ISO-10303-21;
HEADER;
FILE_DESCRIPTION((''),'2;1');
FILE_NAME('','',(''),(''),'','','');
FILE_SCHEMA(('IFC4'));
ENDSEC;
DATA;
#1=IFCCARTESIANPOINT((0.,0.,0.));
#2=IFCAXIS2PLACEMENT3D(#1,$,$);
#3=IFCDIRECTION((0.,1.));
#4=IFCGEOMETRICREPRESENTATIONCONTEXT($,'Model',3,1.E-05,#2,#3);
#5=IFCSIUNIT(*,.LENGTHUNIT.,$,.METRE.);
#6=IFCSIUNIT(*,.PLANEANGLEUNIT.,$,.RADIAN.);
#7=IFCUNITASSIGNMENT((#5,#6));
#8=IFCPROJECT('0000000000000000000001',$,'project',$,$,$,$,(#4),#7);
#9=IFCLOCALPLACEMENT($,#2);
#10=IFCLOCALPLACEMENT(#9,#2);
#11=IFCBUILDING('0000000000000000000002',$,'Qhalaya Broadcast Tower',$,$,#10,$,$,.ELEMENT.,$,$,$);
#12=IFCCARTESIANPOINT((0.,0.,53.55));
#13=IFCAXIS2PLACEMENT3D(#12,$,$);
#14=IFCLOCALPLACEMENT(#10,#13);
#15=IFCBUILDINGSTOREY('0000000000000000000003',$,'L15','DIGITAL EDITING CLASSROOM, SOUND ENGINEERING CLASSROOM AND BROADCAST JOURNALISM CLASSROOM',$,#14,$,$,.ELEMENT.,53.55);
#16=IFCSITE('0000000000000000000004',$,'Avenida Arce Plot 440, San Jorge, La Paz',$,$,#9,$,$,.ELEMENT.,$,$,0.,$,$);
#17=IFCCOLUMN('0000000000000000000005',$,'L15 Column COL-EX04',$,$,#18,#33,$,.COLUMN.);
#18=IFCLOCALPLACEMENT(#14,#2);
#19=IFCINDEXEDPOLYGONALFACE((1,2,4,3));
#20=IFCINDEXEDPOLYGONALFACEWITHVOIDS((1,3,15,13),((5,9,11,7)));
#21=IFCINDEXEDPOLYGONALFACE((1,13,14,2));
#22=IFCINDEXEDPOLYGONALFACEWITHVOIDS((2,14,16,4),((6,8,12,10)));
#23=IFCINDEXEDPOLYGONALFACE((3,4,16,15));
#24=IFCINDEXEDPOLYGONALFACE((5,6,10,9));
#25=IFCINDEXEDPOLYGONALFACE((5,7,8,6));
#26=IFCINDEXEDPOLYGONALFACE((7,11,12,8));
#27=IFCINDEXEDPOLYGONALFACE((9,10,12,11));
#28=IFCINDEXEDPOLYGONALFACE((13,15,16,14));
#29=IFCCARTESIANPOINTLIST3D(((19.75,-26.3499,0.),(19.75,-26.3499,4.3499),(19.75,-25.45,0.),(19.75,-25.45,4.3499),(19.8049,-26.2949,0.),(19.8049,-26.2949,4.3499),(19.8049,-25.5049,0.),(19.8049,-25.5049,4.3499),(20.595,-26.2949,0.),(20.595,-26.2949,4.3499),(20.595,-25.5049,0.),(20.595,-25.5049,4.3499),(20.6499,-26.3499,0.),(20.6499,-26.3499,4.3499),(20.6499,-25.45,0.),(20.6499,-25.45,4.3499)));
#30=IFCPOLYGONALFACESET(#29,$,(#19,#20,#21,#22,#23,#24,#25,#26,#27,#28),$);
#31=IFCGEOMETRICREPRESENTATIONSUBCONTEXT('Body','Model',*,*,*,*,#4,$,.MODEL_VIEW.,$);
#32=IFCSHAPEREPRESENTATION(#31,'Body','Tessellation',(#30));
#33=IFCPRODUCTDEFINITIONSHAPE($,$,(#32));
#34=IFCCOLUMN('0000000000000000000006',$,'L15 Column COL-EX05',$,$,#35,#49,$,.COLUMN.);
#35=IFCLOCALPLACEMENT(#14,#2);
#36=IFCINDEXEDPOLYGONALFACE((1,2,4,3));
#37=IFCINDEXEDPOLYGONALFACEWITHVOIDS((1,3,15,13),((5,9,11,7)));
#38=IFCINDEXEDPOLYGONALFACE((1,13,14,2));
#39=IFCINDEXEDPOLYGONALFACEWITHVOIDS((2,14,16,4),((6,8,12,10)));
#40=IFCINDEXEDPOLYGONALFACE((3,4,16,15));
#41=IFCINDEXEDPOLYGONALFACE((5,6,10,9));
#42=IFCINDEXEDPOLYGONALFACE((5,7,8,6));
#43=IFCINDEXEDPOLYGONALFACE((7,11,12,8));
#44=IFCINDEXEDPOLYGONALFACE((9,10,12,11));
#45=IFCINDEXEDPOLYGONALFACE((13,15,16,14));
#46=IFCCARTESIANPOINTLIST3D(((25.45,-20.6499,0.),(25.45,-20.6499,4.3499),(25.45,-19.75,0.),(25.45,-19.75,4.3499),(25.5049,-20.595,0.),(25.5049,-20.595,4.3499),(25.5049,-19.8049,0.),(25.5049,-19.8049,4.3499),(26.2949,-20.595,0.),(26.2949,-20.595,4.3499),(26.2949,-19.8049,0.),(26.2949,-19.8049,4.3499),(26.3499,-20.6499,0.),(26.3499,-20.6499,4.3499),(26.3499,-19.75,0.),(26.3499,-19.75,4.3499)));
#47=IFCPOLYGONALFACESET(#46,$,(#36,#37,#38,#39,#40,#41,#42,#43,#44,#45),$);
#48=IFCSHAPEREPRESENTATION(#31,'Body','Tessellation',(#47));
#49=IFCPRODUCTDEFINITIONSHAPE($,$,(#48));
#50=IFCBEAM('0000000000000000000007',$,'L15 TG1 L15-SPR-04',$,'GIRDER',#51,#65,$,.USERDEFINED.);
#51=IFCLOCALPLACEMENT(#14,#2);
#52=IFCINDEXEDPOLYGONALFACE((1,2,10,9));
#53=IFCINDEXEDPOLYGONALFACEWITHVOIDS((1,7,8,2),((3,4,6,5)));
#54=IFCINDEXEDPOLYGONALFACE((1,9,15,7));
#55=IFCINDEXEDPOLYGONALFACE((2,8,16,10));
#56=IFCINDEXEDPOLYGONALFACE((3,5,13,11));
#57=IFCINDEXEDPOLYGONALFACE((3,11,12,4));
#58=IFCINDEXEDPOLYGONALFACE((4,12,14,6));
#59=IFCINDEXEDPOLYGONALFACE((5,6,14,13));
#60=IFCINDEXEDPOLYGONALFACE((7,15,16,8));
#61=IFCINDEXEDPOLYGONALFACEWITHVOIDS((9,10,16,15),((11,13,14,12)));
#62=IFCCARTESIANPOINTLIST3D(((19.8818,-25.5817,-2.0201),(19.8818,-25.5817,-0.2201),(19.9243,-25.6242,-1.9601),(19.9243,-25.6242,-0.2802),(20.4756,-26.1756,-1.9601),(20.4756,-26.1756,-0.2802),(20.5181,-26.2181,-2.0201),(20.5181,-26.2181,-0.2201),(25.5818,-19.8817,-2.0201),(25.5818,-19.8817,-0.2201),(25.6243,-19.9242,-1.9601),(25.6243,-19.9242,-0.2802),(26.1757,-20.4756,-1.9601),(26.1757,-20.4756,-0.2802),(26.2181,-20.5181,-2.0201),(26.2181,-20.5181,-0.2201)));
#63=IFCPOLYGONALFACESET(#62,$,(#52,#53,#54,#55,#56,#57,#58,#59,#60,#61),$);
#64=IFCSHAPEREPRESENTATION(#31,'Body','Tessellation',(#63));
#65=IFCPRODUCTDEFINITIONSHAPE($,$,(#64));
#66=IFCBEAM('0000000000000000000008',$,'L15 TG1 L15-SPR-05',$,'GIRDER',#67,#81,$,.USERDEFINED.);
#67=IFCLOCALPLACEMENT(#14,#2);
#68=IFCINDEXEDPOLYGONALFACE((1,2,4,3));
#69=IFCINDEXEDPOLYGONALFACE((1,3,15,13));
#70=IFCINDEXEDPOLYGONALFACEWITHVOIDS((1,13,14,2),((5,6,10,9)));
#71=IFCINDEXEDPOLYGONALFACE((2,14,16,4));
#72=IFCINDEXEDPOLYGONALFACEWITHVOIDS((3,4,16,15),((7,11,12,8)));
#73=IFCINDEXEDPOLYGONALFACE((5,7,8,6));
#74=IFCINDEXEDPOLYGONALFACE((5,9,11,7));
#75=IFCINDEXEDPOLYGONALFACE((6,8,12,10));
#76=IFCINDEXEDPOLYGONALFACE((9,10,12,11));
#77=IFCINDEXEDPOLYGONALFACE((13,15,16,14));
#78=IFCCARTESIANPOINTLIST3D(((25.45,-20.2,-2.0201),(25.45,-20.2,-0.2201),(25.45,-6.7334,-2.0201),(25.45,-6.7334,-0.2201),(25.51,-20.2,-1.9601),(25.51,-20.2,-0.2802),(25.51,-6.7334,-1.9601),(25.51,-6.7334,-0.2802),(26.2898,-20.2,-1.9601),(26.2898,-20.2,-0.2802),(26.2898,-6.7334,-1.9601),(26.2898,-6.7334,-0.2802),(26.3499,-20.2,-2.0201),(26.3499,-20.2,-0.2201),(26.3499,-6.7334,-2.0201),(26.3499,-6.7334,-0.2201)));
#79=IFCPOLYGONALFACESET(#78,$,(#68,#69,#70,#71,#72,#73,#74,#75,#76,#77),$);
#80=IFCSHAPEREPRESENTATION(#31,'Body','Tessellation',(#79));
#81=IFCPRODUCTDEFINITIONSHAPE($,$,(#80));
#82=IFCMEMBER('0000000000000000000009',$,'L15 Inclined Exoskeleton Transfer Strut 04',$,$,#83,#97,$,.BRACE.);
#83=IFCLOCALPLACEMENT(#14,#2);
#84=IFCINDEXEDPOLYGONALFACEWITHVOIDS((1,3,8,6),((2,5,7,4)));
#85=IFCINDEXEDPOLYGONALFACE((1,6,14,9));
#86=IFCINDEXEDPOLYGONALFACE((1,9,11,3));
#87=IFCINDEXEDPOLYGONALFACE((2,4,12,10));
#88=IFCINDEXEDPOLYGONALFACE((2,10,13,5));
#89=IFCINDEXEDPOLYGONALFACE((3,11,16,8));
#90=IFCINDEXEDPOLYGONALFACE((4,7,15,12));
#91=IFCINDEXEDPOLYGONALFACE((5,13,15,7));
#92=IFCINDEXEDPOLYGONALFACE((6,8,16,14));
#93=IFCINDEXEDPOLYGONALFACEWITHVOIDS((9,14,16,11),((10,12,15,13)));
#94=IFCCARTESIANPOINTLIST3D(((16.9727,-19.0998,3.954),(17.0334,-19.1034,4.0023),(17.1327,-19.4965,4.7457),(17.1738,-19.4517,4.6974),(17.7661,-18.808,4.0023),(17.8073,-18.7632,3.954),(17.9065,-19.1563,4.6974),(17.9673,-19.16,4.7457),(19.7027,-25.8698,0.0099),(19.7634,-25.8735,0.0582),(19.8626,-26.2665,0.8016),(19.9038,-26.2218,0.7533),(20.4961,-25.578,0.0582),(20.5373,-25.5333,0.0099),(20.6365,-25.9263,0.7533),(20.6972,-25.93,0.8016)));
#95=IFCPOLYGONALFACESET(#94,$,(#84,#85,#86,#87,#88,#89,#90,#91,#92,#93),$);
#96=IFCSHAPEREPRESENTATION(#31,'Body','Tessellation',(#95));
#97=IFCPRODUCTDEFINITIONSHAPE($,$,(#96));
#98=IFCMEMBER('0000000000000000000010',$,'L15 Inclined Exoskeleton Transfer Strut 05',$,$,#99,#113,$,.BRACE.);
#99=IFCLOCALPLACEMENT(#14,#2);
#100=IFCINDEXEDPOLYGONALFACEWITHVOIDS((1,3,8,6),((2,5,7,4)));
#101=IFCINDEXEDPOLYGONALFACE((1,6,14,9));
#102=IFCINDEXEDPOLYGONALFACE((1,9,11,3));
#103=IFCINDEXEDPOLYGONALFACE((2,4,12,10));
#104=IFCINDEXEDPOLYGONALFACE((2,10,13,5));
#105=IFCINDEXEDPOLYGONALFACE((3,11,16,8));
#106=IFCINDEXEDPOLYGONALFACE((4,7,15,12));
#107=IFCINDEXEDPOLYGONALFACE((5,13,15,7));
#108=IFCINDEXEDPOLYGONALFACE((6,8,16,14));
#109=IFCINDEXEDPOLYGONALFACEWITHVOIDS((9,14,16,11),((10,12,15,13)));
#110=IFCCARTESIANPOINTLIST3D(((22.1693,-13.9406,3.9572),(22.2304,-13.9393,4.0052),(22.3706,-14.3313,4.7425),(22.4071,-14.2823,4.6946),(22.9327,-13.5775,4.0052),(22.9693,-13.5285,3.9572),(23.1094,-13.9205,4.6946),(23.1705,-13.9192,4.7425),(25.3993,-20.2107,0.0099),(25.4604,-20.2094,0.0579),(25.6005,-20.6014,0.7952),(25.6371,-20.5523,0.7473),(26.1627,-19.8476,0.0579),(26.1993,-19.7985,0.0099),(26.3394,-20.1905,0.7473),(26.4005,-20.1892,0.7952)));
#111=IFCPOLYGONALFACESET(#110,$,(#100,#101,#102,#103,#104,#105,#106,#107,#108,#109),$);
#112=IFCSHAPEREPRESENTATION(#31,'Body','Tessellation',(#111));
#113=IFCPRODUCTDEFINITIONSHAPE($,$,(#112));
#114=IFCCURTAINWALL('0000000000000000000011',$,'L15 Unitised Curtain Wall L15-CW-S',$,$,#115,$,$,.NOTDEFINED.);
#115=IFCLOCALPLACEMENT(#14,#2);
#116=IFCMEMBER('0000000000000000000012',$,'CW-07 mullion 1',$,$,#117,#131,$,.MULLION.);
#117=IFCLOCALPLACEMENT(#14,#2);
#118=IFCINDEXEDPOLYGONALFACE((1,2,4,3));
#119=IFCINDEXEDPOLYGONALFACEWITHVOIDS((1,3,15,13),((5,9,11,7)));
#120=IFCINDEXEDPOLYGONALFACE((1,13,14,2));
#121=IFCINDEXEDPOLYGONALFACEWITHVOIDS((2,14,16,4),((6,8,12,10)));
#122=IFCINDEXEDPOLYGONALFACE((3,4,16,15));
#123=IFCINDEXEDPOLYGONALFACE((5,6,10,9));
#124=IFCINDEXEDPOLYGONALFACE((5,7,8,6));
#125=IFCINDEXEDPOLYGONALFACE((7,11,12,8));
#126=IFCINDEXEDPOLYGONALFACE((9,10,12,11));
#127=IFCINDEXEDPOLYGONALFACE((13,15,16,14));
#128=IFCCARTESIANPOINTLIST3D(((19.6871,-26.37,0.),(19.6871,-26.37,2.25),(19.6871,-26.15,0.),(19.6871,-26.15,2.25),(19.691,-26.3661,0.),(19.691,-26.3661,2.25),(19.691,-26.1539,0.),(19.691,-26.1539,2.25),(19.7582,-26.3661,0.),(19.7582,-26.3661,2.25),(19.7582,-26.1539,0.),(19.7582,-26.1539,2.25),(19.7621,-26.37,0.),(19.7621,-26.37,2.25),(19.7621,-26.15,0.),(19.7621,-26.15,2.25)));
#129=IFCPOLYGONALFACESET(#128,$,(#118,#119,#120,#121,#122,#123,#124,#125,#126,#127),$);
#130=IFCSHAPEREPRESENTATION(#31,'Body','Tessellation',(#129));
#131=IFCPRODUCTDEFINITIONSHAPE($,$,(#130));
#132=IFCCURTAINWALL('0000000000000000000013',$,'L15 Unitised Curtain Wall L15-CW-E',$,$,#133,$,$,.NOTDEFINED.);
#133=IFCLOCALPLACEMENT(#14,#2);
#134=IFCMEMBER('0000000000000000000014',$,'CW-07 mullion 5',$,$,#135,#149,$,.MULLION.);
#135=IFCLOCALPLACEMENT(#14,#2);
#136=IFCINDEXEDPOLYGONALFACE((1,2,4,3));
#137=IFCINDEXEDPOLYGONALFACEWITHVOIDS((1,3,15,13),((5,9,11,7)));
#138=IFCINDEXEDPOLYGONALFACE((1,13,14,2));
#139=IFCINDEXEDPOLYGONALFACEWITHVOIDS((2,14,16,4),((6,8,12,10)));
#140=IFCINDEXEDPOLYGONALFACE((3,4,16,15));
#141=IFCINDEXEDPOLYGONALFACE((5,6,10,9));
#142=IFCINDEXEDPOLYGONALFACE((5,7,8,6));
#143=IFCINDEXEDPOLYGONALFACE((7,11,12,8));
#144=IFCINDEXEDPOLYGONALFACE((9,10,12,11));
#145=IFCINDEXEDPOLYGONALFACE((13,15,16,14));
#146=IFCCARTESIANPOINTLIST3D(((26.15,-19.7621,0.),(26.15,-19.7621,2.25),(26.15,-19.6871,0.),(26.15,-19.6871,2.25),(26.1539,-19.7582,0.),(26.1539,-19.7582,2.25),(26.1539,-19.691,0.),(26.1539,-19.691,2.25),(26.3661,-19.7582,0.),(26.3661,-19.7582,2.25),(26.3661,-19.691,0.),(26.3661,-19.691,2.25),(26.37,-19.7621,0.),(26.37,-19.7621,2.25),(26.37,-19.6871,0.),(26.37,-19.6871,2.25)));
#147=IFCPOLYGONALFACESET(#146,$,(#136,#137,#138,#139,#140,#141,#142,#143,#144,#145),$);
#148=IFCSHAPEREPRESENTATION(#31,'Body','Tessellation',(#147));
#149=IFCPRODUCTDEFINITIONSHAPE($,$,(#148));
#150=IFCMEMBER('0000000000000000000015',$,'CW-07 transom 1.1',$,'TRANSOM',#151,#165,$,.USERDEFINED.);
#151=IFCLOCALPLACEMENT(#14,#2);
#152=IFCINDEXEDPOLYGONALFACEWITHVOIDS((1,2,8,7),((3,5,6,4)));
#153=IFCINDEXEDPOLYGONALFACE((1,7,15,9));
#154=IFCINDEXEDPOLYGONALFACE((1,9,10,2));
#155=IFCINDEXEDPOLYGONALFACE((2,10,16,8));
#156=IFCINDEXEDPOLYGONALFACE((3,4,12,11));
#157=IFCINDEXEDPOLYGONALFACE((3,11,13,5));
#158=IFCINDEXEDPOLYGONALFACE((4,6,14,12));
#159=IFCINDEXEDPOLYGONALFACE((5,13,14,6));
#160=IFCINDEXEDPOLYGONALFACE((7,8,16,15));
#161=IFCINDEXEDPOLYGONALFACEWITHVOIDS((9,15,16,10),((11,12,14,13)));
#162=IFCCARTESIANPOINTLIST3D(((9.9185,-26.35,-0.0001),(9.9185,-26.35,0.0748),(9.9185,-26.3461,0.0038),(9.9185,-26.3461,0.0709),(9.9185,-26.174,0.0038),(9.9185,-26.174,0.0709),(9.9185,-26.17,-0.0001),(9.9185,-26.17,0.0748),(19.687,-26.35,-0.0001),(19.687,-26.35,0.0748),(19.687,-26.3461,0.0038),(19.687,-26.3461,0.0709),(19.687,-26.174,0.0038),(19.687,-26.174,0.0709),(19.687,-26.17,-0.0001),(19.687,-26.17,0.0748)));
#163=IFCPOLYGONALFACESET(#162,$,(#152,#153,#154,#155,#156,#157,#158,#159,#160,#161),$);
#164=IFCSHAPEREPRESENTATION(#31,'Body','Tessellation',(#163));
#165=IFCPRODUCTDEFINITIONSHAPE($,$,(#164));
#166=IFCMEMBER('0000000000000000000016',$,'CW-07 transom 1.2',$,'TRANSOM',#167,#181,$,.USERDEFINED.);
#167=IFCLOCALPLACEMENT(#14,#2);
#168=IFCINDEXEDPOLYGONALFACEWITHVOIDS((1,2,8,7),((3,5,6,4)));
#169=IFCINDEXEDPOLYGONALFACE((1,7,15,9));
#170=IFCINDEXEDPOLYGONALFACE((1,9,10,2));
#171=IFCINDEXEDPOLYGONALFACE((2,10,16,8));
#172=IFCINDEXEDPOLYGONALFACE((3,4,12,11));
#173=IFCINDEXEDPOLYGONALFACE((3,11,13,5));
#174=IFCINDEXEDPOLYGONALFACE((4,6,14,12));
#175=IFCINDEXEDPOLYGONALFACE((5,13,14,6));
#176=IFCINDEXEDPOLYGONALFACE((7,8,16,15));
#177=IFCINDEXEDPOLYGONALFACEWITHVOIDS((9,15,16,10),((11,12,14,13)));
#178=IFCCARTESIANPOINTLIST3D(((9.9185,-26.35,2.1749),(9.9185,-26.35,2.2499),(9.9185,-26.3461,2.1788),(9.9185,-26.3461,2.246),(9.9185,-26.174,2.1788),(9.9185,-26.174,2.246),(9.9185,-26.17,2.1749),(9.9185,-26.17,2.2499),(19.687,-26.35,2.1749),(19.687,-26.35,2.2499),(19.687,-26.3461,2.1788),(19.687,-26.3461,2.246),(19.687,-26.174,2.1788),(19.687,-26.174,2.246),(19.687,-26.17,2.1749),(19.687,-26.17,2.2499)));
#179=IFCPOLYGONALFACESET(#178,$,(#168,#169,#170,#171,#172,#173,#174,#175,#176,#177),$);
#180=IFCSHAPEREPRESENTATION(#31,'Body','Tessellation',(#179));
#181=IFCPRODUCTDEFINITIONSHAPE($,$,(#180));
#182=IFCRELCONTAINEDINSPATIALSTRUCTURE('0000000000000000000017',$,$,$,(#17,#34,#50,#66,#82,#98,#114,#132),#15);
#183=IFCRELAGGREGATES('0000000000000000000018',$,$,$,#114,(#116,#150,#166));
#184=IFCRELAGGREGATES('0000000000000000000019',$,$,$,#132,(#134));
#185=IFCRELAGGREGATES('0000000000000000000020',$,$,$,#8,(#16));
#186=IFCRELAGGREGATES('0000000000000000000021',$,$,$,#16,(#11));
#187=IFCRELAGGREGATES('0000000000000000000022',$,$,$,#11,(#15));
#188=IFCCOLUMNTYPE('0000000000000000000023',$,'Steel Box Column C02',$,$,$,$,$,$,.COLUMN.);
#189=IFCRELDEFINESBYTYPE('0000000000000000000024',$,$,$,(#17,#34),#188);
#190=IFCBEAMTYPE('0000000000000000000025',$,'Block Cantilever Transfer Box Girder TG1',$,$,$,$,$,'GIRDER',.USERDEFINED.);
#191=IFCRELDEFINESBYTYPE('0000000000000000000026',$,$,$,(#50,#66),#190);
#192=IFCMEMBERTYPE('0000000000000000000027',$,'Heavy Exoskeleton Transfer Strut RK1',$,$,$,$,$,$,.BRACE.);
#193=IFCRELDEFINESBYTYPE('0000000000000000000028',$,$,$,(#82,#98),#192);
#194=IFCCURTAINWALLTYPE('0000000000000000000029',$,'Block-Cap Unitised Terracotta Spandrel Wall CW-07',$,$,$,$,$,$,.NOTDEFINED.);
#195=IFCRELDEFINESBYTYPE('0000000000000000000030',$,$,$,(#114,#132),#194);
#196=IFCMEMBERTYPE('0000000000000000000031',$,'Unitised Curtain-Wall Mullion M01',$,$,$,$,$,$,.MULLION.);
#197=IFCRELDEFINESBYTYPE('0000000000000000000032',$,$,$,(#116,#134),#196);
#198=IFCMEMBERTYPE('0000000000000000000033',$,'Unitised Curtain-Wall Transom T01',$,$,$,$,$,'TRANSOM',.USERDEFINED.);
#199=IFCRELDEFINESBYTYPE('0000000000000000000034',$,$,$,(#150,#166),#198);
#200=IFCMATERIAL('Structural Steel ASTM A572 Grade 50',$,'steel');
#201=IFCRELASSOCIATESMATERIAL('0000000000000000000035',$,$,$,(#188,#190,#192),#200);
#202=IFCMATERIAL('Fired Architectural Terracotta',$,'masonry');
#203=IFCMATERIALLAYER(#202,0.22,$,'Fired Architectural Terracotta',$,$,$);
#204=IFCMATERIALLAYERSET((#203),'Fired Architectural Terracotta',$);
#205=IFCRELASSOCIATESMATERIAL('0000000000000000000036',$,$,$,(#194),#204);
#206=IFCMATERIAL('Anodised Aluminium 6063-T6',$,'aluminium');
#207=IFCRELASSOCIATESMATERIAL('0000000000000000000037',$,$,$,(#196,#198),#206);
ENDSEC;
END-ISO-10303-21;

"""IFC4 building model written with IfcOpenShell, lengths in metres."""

from ifc_helpers import new_model, si_unit, direction, frame, origin, origin_2d, place, context, subcontext, project, spatial, hollow_rectangle, extrude, material, layer, layer_set, material_profile, profile_set, type_object, element, aggregate, save


model = new_model("IFC4")

# Units and contexts
model_context = context("Model", 3, precision=1e-05, world=origin(), true_north=direction((0.0, 1.0)))
body_context = subcontext(model_context, "Body", "Model", "MODEL_VIEW")
ifc_project = project(units=[si_unit("LENGTHUNIT", "METRE"), si_unit("PLANEANGLEUNIT", "RADIAN")], contexts=[model_context])

# Site, building, storey
site_placement = place(None, origin())
site = spatial("IfcSite", under=ifc_project, at=site_placement, Name="Avenida Arce Plot 440, San Jorge, La Paz", CompositionType="ELEMENT", RefElevation=0.0)
building_placement = place(site_placement, origin())
building = spatial("IfcBuilding", under=site, at=building_placement, Name="Qhalaya Broadcast Tower", CompositionType="ELEMENT")
storey_placement = place(building_placement, frame((0.0, 0.0, 53.55)))
storey = spatial("IfcBuildingStorey", under=building, at=storey_placement, Name="L15", Description="DIGITAL EDITING CLASSROOM, SOUND ENGINEERING CLASSROOM AND BROADCAST JOURNALISM CLASSROOM", CompositionType="ELEMENT", Elevation=53.55)

# Columns
ifc_material_1 = material(Name="Structural Steel ASTM A572 Grade 50", Category="steel")
ifc_material_profile_1 = material_profile(ifc_material_1, hollow_rectangle(XDim=0.8999, YDim=0.8999, WallThickness=0.0549, at=origin_2d()), Name="BOX 900x900x55")
ifc_profile_set_1 = profile_set([ifc_material_profile_1], Name="Structural Steel ASTM A572 Grade 50")
column_type = type_object("IfcColumnType", Name="Steel Box Column C02", PredefinedType="COLUMN", material=ifc_profile_set_1)
for number, where, z_axis, x_axis, name in (
    (1, (20.2, -25.8999, 0.0), (0.0, 0.0, 1.0), (1.0, 0.0, 0.0), "L15 Column COL-EX04"),
    (2, (25.8999, -20.2, 0.0), (0.0, 0.0, 1.0), (0.0, 1.0, 0.0), "L15 Column COL-EX05"),
):
    element("IfcColumn", number, at=place(storey_placement, frame(where, z_axis=z_axis, x_axis=x_axis)), inside=storey, type_object=column_type, Name=name, PredefinedType="COLUMN", context=body_context, shape_type="SweptSolid", body=[
        extrude(hollow_rectangle(XDim=0.8999, YDim=0.8999, WallThickness=0.0549, at=origin_2d()), origin(), (0.0, 0.0, 1.0), 4.3499),
    ])

# Beams
ifc_material_profile_2 = material_profile(ifc_material_1, hollow_rectangle(XDim=0.8999, YDim=1.8, WallThickness=0.0601, at=origin_2d()), Name="BOX 900x1800x60")
ifc_profile_set_2 = profile_set([ifc_material_profile_2], Name="Structural Steel ASTM A572 Grade 50")
beam_type = type_object("IfcBeamType", Name="Block Cantilever Transfer Box Girder TG1", ElementType="GIRDER", PredefinedType="USERDEFINED", material=ifc_profile_set_2)
beam_1_placement = place(storey_placement, frame((20.2, -25.8999, -1.1201), z_axis=(0.707107, 0.707107, 0.0), x_axis=(-0.707107, 0.707107, 0.0)))
element("IfcBeam", 3, at=beam_1_placement, inside=storey, type_object=beam_type, Name="L15 TG1 L15-SPR-04", ObjectType="GIRDER", PredefinedType="USERDEFINED", context=body_context, shape_type="SweptSolid", body=[
    extrude(hollow_rectangle(XDim=0.8999, YDim=1.8, WallThickness=0.0601, at=origin_2d()), origin(), (0.0, 0.0, 1.0), 8.061),
])
beam_2_placement = place(storey_placement, frame((25.8999, -20.2, -1.1201), z_axis=(0.0, 1.0, 0.0), x_axis=(-1.0, 0.0, 0.0)))
element("IfcBeam", 4, at=beam_2_placement, inside=storey, type_object=beam_type, Name="L15 TG1 L15-SPR-05", ObjectType="GIRDER", PredefinedType="USERDEFINED", context=body_context, shape_type="SweptSolid", body=[
    extrude(hollow_rectangle(XDim=0.8999, YDim=1.8, WallThickness=0.0601, at=origin_2d()), origin(), (0.0, 0.0, 1.0), 13.4666),
])

# Members
ifc_material_profile_3 = material_profile(ifc_material_1, hollow_rectangle(XDim=0.8999, YDim=0.8999, WallThickness=0.0549, at=origin_2d()), Name="BOX 900x900x55")
ifc_profile_set_3 = profile_set([ifc_material_profile_3], Name="Structural Steel ASTM A572 Grade 50")
member_type_1 = type_object("IfcMemberType", Name="Heavy Exoskeleton Transfer Strut RK1", PredefinedType="BRACE", material=ifc_profile_set_3)
member_1_placement = place(storey_placement, frame((20.2, -25.8999, 0.4058), z_axis=(-0.329028, 0.81595, 0.475358), x_axis=(-0.927435, -0.373984, 0.0)))
element("IfcMember", 5, at=member_1_placement, inside=storey, type_object=member_type_1, Name="L15 Inclined Exoskeleton Transfer Strut 04", PredefinedType="BRACE", context=body_context, shape_type="SweptSolid", body=[
    extrude(hollow_rectangle(XDim=0.8999, YDim=0.8999, WallThickness=0.0549, at=origin_2d()), origin(), (0.0, 0.0, 1.0), 8.2971),
])
member_2_placement = place(storey_placement, frame((25.8999, -20.2, 0.4026), z_axis=(-0.399626, 0.775752, 0.488372), x_axis=(-0.888976, -0.457953, 0.0)))
element("IfcMember", 6, at=member_2_placement, inside=storey, type_object=member_type_1, Name="L15 Inclined Exoskeleton Transfer Strut 05", PredefinedType="BRACE", context=body_context, shape_type="SweptSolid", body=[
    extrude(hollow_rectangle(XDim=0.8999, YDim=0.8999, WallThickness=0.0549, at=origin_2d()), origin(), (0.0, 0.0, 1.0), 8.0825),
])

# Curtain walls, members
ifc_material_2 = material(Name="Fired Architectural Terracotta", Category="masonry")
ifc_layer_1 = layer(ifc_material_2, 0.22, Name="Fired Architectural Terracotta")
ifc_layer_set_1 = layer_set([ifc_layer_1], Name="Fired Architectural Terracotta")
curtain_wall_type = type_object("IfcCurtainWallType", Name="Block-Cap Unitised Terracotta Spandrel Wall CW-07", PredefinedType="NOTDEFINED", material=ifc_layer_set_1)
curtain_wall_1_placement = place(storey_placement, origin())
curtain_wall_1 = element("IfcCurtainWall", 7, at=curtain_wall_1_placement, inside=storey, type_object=curtain_wall_type, Name="L15 Unitised Curtain Wall L15-CW-S", PredefinedType="NOTDEFINED")
ifc_material_3 = material(Name="Anodised Aluminium 6063-T6", Category="aluminium")
ifc_material_profile_4 = material_profile(ifc_material_3, hollow_rectangle(XDim=0.075, YDim=0.22, WallThickness=0.0039, at=origin_2d()), Name="ALU-MUL 75x220x4")
ifc_profile_set_4 = profile_set([ifc_material_profile_4], Name="Anodised Aluminium 6063-T6")
member_type_2 = type_object("IfcMemberType", Name="Unitised Curtain-Wall Mullion M01", PredefinedType="MULLION", material=ifc_profile_set_4)
member_3_placement = place(storey_placement, frame((19.7246, -26.26, 0.0), z_axis=(0.0, 0.0, 1.0), x_axis=(-1.0, 0.0, 0.0)))
member_3 = element("IfcMember", 8, at=member_3_placement, type_object=member_type_2, Name="CW-07 mullion 1", PredefinedType="MULLION", context=body_context, shape_type="SweptSolid", body=[
    extrude(hollow_rectangle(XDim=0.075, YDim=0.22, WallThickness=0.0039, at=origin_2d()), origin(), (0.0, 0.0, 1.0), 2.25),
])
curtain_wall_2_placement = place(storey_placement, origin())
curtain_wall_2 = element("IfcCurtainWall", 9, at=curtain_wall_2_placement, inside=storey, type_object=curtain_wall_type, Name="L15 Unitised Curtain Wall L15-CW-E", PredefinedType="NOTDEFINED")
member_4_placement = place(storey_placement, frame((26.26, -19.7246, 0.0), z_axis=(0.0, 0.0, 1.0), x_axis=(0.0, -1.0, 0.0)))
member_4 = element("IfcMember", 10, at=member_4_placement, type_object=member_type_2, Name="CW-07 mullion 5", PredefinedType="MULLION", context=body_context, shape_type="SweptSolid", body=[
    extrude(hollow_rectangle(XDim=0.075, YDim=0.22, WallThickness=0.0039, at=origin_2d()), origin(), (0.0, 0.0, 1.0), 2.25),
])

# Members
ifc_material_profile_5 = material_profile(ifc_material_3, hollow_rectangle(XDim=0.075, YDim=0.1799, WallThickness=0.0039, at=origin_2d()), Name="ALU-TRN 75x180x4")
ifc_profile_set_5 = profile_set([ifc_material_profile_5], Name="Anodised Aluminium 6063-T6")
member_type_3 = type_object("IfcMemberType", Name="Unitised Curtain-Wall Transom T01", ElementType="TRANSOM", PredefinedType="USERDEFINED", material=ifc_profile_set_5)
member_5_placement = place(storey_placement, frame((19.687, -26.26, 0.0374), z_axis=(-1.0, 0.0, 0.0), x_axis=(0.0, 0.0, 1.0)))
member_5 = element("IfcMember", 11, at=member_5_placement, type_object=member_type_3, Name="CW-07 transom 1.1", ObjectType="TRANSOM", PredefinedType="USERDEFINED", context=body_context, shape_type="SweptSolid", body=[
    extrude(hollow_rectangle(XDim=0.075, YDim=0.1799, WallThickness=0.0039, at=origin_2d()), origin(), (0.0, 0.0, 1.0), 9.7686),
])
member_6_placement = place(storey_placement, frame((19.687, -26.26, 2.2124), z_axis=(-1.0, 0.0, 0.0), x_axis=(0.0, 0.0, 1.0)))
member_6 = element("IfcMember", 12, at=member_6_placement, type_object=member_type_3, Name="CW-07 transom 1.2", ObjectType="TRANSOM", PredefinedType="USERDEFINED", context=body_context, shape_type="SweptSolid", body=[
    extrude(hollow_rectangle(XDim=0.075, YDim=0.1799, WallThickness=0.0039, at=origin_2d()), origin(), (0.0, 0.0, 1.0), 9.7686),
])

aggregate(curtain_wall_1, [member_3, member_5, member_6])
aggregate(curtain_wall_2, [member_4])

save(model, "model.ifc")
